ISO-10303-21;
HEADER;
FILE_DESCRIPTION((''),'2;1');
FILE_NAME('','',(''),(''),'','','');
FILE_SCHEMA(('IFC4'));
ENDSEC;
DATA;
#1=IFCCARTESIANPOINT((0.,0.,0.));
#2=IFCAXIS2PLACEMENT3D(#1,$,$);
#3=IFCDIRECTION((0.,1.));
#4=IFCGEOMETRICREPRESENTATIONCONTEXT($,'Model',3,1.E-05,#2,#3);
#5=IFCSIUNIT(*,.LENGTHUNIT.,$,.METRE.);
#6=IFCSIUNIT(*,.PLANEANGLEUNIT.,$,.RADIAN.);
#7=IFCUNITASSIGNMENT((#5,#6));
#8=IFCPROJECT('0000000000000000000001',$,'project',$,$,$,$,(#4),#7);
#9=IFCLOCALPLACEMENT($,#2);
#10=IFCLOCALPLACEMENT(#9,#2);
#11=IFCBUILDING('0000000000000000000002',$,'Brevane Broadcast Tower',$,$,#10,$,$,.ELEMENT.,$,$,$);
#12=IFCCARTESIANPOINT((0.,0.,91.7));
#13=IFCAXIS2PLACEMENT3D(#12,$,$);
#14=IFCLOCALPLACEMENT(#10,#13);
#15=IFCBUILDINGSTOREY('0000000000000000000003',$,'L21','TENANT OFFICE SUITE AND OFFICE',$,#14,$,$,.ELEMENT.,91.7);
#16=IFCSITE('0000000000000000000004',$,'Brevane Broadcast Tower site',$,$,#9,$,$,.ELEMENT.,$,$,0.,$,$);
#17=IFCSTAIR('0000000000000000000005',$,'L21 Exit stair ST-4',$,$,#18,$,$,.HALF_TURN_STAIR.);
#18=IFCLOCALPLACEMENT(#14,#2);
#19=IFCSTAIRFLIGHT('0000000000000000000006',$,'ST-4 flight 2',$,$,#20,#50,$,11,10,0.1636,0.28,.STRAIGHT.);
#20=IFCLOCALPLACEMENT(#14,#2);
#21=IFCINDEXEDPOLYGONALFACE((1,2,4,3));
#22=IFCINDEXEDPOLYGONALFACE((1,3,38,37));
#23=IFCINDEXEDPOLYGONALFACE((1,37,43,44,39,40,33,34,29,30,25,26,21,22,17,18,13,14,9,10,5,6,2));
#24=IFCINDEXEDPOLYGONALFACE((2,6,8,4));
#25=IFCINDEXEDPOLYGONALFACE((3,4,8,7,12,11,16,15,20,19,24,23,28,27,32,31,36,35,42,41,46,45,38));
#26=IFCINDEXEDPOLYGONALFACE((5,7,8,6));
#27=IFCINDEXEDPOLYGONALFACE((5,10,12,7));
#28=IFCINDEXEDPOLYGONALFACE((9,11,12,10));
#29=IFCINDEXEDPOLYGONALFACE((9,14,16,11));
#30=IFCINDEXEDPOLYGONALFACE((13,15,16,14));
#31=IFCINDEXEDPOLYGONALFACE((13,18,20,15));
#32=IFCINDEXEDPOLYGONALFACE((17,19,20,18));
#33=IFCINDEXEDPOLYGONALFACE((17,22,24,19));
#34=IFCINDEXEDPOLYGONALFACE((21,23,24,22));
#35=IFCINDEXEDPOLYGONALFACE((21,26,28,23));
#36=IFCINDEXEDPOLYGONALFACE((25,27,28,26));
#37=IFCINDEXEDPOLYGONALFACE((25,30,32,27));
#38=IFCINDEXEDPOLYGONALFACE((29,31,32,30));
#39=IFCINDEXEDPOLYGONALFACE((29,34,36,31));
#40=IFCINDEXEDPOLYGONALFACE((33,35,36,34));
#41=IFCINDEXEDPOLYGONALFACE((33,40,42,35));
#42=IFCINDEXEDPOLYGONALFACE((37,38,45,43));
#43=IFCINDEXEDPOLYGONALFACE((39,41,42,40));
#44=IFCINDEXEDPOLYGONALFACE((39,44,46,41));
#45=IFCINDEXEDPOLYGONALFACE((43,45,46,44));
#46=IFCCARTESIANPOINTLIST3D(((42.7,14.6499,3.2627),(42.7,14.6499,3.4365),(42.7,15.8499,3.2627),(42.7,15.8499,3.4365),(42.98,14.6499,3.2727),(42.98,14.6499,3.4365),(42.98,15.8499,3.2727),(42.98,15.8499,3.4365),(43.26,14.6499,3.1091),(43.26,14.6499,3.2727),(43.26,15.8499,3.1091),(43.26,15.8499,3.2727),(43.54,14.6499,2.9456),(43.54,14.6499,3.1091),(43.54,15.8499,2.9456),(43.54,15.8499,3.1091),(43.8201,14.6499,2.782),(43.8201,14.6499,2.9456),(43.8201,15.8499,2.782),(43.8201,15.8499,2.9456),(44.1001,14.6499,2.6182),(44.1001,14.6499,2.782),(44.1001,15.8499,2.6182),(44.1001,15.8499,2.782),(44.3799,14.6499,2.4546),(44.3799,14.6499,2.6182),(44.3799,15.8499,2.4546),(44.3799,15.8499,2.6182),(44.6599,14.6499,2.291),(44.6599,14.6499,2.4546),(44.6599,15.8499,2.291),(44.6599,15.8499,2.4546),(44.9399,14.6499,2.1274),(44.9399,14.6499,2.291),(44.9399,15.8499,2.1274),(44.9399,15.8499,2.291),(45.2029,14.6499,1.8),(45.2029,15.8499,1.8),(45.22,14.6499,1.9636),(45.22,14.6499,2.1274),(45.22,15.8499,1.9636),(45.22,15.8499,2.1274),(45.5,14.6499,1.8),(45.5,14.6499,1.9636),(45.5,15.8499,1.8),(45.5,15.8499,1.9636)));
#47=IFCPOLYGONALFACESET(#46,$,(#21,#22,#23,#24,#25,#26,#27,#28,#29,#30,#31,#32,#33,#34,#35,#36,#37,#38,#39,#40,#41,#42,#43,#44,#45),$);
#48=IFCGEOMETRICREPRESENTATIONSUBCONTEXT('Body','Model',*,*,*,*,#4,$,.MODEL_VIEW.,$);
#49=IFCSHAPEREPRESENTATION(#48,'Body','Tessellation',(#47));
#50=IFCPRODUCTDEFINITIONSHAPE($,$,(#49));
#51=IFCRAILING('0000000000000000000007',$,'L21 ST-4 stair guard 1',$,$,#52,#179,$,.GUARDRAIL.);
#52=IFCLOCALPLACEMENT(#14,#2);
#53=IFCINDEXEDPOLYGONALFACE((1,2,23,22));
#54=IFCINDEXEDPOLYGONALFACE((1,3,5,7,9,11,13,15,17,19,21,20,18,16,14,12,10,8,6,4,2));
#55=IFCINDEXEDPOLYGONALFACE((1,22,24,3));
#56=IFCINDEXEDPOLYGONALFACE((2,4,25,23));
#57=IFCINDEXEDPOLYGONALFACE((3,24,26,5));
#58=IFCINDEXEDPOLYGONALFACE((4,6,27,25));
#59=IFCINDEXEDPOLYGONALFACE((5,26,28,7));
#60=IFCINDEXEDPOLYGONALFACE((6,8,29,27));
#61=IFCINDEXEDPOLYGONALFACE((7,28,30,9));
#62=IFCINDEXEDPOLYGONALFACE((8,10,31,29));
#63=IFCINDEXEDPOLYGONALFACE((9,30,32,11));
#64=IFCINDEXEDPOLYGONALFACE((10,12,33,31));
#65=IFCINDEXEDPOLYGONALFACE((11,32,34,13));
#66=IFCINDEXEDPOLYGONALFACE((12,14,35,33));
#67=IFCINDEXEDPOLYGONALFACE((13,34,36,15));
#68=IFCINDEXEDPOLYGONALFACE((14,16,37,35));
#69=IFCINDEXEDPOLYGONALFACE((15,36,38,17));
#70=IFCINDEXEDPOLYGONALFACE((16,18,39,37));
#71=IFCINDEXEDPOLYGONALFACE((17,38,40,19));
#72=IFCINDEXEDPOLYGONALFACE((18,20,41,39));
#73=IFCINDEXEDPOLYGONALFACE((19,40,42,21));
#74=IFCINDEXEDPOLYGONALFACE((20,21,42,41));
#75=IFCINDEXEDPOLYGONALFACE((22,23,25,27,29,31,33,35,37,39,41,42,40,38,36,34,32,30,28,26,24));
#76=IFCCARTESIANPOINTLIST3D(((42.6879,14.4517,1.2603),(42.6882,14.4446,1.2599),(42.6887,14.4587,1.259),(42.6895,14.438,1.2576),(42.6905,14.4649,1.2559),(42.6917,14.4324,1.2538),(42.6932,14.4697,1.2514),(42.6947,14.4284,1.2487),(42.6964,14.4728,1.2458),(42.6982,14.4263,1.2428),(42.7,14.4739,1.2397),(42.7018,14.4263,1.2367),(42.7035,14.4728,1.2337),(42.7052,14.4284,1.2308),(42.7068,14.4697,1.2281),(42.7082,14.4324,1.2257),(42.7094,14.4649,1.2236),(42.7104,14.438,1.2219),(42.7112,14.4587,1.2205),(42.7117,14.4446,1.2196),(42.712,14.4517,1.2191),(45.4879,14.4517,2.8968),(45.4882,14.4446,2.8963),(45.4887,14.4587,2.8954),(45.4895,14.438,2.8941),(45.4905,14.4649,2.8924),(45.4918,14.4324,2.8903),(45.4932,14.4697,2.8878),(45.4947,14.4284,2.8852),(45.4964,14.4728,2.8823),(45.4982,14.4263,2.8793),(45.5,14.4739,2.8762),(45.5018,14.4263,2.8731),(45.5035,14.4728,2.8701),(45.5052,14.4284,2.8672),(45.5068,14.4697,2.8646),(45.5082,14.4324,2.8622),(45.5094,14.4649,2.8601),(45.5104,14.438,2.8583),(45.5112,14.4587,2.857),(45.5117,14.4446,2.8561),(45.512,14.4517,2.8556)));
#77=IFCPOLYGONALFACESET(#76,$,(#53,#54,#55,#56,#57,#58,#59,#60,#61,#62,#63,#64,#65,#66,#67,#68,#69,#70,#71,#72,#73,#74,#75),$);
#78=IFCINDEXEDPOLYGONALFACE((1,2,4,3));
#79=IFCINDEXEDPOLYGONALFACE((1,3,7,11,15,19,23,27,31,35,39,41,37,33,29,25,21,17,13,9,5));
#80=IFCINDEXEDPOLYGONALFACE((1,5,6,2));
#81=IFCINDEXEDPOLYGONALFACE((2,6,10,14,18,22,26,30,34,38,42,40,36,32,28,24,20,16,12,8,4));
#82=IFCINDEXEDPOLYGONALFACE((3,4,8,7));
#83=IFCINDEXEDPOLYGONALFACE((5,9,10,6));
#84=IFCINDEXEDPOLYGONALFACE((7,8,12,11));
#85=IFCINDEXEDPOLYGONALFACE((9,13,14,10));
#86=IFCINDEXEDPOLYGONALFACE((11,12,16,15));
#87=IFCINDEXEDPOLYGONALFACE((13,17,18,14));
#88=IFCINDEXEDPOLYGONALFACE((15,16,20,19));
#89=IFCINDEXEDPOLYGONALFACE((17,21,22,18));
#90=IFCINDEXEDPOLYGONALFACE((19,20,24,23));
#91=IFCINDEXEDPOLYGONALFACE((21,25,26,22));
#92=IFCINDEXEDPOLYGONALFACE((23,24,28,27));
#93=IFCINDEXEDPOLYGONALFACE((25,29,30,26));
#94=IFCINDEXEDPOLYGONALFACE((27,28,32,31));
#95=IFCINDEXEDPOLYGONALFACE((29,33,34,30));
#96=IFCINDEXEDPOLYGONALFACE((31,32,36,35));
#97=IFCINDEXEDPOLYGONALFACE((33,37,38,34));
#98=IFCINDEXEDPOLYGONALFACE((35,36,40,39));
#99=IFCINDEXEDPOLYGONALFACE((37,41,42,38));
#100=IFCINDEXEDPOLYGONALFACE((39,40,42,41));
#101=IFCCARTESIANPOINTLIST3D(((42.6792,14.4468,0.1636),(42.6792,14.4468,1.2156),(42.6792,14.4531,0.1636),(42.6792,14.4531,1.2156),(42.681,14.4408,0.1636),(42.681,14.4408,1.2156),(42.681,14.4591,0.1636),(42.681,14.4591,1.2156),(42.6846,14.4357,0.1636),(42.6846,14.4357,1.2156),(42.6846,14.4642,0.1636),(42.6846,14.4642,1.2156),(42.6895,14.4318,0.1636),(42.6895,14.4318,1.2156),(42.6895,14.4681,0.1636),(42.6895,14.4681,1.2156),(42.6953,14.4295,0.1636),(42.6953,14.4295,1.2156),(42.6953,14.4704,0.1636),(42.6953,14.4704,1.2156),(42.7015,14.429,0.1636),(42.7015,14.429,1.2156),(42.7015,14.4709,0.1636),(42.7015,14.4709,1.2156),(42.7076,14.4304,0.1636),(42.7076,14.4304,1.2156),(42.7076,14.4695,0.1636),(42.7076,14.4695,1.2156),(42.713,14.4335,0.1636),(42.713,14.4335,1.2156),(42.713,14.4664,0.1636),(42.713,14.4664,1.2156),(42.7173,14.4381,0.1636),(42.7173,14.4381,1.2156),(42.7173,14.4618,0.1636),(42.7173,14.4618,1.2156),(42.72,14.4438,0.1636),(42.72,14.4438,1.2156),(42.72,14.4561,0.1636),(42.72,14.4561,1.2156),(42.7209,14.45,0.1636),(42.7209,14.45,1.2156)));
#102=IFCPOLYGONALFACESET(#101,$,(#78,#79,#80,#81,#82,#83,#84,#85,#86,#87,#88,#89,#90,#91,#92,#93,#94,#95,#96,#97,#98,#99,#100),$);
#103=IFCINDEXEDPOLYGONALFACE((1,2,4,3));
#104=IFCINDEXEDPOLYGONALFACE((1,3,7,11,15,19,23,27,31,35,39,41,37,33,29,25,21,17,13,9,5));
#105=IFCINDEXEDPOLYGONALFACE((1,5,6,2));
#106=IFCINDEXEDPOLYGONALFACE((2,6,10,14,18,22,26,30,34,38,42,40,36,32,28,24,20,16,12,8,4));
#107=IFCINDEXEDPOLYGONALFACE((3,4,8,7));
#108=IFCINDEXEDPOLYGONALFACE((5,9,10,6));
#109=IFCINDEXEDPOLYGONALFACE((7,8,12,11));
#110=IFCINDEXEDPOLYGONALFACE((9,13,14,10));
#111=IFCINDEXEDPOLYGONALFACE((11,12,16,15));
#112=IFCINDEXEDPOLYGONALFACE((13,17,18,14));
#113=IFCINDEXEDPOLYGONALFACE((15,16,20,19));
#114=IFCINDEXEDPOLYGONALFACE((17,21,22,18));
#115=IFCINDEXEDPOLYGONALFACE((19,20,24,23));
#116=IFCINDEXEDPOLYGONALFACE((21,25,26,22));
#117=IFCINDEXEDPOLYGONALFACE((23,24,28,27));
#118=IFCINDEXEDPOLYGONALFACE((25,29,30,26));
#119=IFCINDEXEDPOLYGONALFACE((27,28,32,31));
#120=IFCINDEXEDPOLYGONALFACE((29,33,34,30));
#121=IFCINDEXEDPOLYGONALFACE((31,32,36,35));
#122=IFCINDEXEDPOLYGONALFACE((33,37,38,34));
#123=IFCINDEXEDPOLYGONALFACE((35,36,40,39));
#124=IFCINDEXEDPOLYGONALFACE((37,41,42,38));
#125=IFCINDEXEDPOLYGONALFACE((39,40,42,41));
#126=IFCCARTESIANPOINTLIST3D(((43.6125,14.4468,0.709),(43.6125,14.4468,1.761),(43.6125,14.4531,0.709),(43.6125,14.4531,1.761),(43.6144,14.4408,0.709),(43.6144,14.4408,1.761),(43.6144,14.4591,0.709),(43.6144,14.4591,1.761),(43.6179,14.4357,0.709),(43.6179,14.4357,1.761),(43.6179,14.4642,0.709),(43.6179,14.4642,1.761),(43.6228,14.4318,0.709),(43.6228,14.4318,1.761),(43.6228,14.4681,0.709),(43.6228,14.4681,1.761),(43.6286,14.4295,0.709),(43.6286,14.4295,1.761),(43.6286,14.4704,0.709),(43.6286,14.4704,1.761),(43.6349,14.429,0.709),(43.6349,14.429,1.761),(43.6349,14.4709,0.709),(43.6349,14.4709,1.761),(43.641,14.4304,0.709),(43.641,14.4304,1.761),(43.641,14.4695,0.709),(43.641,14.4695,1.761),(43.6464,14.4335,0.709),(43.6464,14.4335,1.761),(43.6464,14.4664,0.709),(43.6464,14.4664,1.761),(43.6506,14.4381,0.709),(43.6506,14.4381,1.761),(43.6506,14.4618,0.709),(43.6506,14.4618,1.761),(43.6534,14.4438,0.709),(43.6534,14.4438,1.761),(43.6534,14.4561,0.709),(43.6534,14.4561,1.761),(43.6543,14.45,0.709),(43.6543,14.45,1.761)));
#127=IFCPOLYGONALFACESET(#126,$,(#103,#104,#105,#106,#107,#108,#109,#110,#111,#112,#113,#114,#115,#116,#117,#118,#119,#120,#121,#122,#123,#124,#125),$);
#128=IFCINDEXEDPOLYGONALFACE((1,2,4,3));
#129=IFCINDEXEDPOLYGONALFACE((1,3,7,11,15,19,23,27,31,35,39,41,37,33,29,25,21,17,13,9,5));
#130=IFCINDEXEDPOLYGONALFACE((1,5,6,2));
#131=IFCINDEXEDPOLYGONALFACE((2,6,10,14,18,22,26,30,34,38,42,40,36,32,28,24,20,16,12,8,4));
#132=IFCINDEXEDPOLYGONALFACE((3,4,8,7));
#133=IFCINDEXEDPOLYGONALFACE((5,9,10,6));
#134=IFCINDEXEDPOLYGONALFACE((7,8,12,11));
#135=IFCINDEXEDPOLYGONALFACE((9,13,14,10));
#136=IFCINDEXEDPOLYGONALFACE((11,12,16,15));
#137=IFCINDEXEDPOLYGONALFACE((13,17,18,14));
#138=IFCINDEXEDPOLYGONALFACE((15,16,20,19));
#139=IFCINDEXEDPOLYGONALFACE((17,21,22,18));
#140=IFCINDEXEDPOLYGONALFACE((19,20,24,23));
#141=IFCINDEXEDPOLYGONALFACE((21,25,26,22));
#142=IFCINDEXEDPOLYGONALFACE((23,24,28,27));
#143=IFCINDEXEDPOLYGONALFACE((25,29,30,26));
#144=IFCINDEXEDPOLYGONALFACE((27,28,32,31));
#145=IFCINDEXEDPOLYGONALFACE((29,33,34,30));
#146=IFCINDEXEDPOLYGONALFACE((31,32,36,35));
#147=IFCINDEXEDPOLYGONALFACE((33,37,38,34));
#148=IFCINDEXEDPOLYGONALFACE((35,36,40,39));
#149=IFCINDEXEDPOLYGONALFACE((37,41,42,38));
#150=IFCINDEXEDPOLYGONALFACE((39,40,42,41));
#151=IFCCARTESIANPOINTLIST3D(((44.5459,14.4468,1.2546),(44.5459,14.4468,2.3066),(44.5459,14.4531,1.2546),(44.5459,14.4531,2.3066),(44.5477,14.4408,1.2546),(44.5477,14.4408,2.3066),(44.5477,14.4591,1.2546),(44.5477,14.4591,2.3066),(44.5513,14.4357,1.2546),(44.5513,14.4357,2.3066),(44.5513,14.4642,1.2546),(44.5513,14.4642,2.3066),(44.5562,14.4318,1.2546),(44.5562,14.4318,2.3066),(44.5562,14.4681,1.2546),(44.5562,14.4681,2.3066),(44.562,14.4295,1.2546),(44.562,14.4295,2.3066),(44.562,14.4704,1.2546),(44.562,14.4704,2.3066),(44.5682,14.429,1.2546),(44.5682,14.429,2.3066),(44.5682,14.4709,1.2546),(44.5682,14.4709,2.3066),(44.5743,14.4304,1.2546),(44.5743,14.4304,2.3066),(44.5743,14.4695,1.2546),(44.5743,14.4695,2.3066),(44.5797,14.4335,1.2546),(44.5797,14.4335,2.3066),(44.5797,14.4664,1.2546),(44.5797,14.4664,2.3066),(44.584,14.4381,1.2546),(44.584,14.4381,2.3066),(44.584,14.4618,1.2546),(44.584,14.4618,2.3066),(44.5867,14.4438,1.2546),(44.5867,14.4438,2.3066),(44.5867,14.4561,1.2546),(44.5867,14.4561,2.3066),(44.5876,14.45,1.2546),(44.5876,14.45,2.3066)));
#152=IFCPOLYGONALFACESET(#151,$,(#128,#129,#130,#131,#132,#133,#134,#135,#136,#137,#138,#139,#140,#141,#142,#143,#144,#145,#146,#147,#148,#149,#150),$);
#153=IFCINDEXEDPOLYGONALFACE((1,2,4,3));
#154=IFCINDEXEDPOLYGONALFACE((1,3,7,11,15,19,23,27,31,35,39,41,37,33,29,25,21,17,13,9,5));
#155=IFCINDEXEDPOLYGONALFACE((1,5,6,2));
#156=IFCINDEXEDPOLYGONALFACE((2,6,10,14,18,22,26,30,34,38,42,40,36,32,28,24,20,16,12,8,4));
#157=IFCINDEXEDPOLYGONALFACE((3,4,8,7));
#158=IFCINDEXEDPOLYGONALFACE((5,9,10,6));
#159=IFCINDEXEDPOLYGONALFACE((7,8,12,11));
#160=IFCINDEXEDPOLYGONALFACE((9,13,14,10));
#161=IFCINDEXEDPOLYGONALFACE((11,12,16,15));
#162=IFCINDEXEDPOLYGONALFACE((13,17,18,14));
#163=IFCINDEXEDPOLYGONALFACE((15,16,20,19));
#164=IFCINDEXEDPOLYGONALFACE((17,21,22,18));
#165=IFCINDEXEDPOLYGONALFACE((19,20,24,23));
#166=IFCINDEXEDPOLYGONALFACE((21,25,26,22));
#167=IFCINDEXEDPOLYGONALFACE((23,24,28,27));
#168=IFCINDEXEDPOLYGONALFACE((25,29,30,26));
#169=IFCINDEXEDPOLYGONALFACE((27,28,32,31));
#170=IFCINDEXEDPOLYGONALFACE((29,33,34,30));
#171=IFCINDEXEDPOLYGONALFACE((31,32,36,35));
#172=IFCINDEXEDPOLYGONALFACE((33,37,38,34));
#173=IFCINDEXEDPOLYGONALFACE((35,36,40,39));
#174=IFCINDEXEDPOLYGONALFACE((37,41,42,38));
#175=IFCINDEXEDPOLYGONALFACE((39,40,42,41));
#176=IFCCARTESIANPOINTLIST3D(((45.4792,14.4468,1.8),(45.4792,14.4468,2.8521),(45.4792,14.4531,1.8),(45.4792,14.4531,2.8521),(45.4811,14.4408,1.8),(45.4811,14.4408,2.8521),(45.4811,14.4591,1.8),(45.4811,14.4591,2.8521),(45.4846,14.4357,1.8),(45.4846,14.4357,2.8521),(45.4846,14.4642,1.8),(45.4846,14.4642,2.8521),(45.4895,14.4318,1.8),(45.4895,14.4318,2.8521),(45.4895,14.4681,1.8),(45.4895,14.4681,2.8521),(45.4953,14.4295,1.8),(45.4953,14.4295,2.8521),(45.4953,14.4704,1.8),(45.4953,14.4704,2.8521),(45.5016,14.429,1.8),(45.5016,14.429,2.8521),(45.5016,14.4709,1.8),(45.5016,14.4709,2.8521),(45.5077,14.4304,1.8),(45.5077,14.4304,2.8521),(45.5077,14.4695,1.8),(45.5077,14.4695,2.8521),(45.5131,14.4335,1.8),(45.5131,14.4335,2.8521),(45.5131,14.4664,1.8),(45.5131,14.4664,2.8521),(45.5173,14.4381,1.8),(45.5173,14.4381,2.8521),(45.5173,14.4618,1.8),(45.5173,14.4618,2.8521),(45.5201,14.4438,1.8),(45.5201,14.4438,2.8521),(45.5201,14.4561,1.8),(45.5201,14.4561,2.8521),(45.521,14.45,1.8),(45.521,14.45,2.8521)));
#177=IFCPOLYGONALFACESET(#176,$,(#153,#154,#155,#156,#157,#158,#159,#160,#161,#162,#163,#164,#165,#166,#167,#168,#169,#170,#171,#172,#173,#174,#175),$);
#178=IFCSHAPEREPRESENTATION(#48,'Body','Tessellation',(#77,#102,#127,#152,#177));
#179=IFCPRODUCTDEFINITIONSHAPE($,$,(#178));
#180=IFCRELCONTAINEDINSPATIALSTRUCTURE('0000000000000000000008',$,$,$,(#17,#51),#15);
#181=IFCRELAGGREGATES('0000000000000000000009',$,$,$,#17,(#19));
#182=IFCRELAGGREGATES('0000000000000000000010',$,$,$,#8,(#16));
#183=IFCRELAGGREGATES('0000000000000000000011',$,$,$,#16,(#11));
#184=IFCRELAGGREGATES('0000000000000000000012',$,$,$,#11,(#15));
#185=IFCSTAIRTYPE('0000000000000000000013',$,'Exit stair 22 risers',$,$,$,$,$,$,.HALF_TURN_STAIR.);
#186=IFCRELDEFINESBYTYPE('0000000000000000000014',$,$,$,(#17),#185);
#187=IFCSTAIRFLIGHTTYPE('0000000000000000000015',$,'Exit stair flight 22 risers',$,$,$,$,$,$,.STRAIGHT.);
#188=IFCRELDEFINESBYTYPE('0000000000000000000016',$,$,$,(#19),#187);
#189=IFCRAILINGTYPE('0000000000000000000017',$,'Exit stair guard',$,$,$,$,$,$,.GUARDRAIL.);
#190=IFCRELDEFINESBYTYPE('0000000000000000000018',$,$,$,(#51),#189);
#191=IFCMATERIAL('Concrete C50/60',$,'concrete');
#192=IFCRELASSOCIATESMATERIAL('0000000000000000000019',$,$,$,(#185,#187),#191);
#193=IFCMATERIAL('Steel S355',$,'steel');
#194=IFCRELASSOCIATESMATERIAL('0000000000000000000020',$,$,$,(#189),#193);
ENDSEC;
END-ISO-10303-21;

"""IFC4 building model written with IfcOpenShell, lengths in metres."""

from ifc_helpers import new_model, si_unit, direction, frame, origin, origin_2d, place, context, subcontext, project, spatial, polyline, circle, outline, extrude, material, type_object, element, aggregate, save


model = new_model("IFC4")

# Units and contexts
model_context = context("Model", 3, precision=1e-05, world=origin(), true_north=direction((0.0, 1.0)))
body_context = subcontext(model_context, "Body", "Model", "MODEL_VIEW")
ifc_project = project(units=[si_unit("LENGTHUNIT", "METRE"), si_unit("PLANEANGLEUNIT", "RADIAN")], contexts=[model_context])

# Site, building, storey
site_placement = place(None, origin())
site = spatial("IfcSite", under=ifc_project, at=site_placement, Name="Brevane Broadcast Tower site", CompositionType="ELEMENT", RefElevation=0.0)
building_placement = place(site_placement, origin())
building = spatial("IfcBuilding", under=site, at=building_placement, Name="Brevane Broadcast Tower", CompositionType="ELEMENT")
storey_placement = place(building_placement, frame((0.0, 0.0, 91.7)))
storey = spatial("IfcBuildingStorey", under=building, at=storey_placement, Name="L21", Description="TENANT OFFICE SUITE AND OFFICE", CompositionType="ELEMENT", Elevation=91.7)

# Stair, stair flight
ifc_material_1 = material(Name="Concrete C50/60", Category="concrete")
stair_type = type_object("IfcStairType", Name="Exit stair 22 risers", PredefinedType="HALF_TURN_STAIR", material=ifc_material_1)
stair_placement = place(storey_placement, origin())
stair = element("IfcStair", 1, at=stair_placement, inside=storey, type_object=stair_type, Name="L21 Exit stair ST-4", PredefinedType="HALF_TURN_STAIR")
stair_flight_type = type_object("IfcStairFlightType", Name="Exit stair flight 22 risers", PredefinedType="STRAIGHT", material=ifc_material_1)
stair_flight_1_placement = place(storey_placement, frame((45.5, 15.25, 1.8), z_axis=(0.0, 0.0, 1.0), x_axis=(-1.0, 0.0, 0.0)))
stair_flight_1 = element("IfcStairFlight", 2, at=stair_flight_1_placement, type_object=stair_flight_type, Name="ST-4 flight 2", NumberOfRisers=11, NumberOfTreads=10, PredefinedType="STRAIGHT", RiserHeight=0.1636, TreadLength=0.28, context=body_context, shape_type="SweptSolid", body=[
    extrude(outline(polyline([(0.0, 0.0), (0.0, 0.1636), (0.28, 0.1636), (0.28, 0.3274), (0.5601, 0.3274), (0.5601, 0.491), (0.8401, 0.491), (0.8401, 0.6545), (1.1201, 0.6545), (1.1201, 0.8181), (1.3999, 0.8181), (1.3999, 0.9819), (1.6799, 0.9819), (1.6799, 1.1455), (1.96, 1.1455), (1.96, 1.3091), (2.24, 1.3091), (2.24, 1.4727), (2.52, 1.4727), (2.52, 1.6365), (2.8, 1.6365), (2.8, 1.8), (2.8, 1.4626), (0.2971, 0.0), (0.0, 0.0)])), frame((0.0, 0.6001, 0.0), z_axis=(0.0, -1.0, 0.0), x_axis=(1.0, 0.0, 0.0)), (0.0, 0.0, 1.0), 1.2),
])
aggregate(stair, [stair_flight_1])

# Railing
ifc_material_2 = material(Name="Steel S355", Category="steel")
railing_type_1 = type_object("IfcRailingType", Name="Exit stair guard", PredefinedType="GUARDRAIL", material=ifc_material_2)
railing_1_placement = place(storey_placement, frame((42.7, 14.45, 0.1636)))
element("IfcRailing", 3, at=railing_1_placement, inside=storey, type_object=railing_type_1, Name="L21 ST-4 stair guard 1", PredefinedType="GUARDRAIL", context=body_context, shape_type="SweptSolid", body=[
    extrude(circle(Radius=0.0239, at=origin_2d()), frame((0.0, 0.0, 1.0762), z_axis=(0.863361, 0.0, 0.504587), x_axis=(0.0, 1.0, 0.0)), (0.0, 0.0, 1.0), 3.2432),
    extrude(circle(Radius=0.021, at=origin_2d()), origin(), (0.0, 0.0, 1.0), 1.052),
    extrude(circle(Radius=0.021, at=origin_2d()), frame((0.9333, 0.0, 0.5454)), (0.0, 0.0, 1.0), 1.052),
    extrude(circle(Radius=0.021, at=origin_2d()), frame((1.8667, 0.0, 1.0911)), (0.0, 0.0, 1.0), 1.052),
    extrude(circle(Radius=0.021, at=origin_2d()), frame((2.8, 0.0, 1.6365)), (0.0, 0.0, 1.0), 1.052),
])

save(model, "model.ifc")
